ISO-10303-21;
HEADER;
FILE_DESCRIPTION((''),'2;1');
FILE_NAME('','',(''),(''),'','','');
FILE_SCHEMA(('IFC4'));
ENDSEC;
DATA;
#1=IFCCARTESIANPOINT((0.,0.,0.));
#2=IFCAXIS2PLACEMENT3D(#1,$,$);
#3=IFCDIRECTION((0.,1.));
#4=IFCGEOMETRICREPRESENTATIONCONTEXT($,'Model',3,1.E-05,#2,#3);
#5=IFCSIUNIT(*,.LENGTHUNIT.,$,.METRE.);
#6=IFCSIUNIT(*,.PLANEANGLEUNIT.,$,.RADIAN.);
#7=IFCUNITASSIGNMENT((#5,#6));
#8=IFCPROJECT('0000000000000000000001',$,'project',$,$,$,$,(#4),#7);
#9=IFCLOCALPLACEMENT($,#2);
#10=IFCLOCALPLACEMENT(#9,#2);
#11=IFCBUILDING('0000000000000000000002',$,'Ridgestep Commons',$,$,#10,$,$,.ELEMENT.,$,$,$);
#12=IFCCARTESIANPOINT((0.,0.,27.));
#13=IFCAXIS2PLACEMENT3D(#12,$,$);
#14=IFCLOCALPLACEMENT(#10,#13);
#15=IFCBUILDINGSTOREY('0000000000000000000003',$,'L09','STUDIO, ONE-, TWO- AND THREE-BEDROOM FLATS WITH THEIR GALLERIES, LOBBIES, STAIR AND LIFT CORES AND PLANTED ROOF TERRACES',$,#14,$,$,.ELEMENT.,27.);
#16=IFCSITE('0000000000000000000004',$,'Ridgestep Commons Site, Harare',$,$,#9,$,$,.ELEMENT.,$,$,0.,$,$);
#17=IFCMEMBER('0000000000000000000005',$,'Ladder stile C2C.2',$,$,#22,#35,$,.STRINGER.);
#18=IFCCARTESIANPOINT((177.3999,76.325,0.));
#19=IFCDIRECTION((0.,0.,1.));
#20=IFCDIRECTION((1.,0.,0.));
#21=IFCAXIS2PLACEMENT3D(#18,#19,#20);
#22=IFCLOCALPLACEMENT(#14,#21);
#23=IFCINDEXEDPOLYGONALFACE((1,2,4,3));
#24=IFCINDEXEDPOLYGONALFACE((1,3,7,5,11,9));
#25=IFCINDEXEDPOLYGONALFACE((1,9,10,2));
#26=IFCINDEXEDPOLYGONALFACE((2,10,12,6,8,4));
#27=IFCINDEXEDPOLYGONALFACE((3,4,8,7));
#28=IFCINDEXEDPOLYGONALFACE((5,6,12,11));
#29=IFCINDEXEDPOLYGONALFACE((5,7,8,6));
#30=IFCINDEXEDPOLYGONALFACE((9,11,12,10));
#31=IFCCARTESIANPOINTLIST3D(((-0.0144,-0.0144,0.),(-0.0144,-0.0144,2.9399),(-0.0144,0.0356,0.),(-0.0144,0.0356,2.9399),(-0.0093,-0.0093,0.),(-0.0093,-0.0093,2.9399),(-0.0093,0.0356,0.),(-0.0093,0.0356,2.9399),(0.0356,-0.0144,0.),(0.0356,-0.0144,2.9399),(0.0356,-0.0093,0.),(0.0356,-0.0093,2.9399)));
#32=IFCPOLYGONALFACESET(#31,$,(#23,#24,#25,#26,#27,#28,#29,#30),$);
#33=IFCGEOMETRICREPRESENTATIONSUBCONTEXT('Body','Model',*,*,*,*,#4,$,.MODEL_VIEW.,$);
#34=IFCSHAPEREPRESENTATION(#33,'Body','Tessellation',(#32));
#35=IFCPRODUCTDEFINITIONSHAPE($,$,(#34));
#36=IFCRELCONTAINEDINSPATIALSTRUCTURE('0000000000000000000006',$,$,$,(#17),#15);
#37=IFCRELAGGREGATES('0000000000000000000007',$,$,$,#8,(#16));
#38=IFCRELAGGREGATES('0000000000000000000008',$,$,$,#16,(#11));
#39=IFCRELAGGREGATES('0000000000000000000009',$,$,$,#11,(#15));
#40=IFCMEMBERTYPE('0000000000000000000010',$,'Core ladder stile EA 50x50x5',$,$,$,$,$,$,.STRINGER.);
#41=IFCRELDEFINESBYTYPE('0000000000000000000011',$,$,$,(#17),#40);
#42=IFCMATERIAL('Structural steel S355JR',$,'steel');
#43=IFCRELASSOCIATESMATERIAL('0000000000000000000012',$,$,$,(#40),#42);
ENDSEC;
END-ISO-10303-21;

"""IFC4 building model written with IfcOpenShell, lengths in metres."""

from ifc_helpers import new_model, si_unit, direction, frame, origin, place, context, subcontext, project, spatial, polyline, outline, extrude, material, material_profile, profile_set, type_object, element, save


model = new_model("IFC4")

# Units and contexts
model_context = context("Model", 3, precision=1e-05, world=origin(), true_north=direction((0.0, 1.0)))
body_context = subcontext(model_context, "Body", "Model", "MODEL_VIEW")
ifc_project = project(units=[si_unit("LENGTHUNIT", "METRE"), si_unit("PLANEANGLEUNIT", "RADIAN")], contexts=[model_context])

# Site, building, storey
site_placement = place(None, origin())
site = spatial("IfcSite", under=ifc_project, at=site_placement, Name="Ridgestep Commons Site, Harare", CompositionType="ELEMENT", RefElevation=0.0)
building_placement = place(site_placement, origin())
building = spatial("IfcBuilding", under=site, at=building_placement, Name="Ridgestep Commons", CompositionType="ELEMENT")
storey_placement = place(building_placement, frame((0.0, 0.0, 27.0)))
storey = spatial("IfcBuildingStorey", under=building, at=storey_placement, Name="L09", Description="STUDIO, ONE-, TWO- AND THREE-BEDROOM FLATS WITH THEIR GALLERIES, LOBBIES, STAIR AND LIFT CORES AND PLANTED ROOF TERRACES", CompositionType="ELEMENT", Elevation=27.0)

# Member
ifc_material_1 = material(Name="Structural steel S355JR", Category="steel")
ifc_material_profile_1 = material_profile(ifc_material_1, outline(polyline([(-0.0144, -0.0144), (0.0356, -0.0144), (0.0356, -0.0093), (-0.0093, -0.0093), (-0.0093, 0.0356), (-0.0144, 0.0356), (-0.0144, -0.0144)])), Name="EA 50x50x5")
ifc_profile_set_1 = profile_set([ifc_material_profile_1], Name="Structural steel S355JR")
member_type_1 = type_object("IfcMemberType", Name="Core ladder stile EA 50x50x5", PredefinedType="STRINGER", material=ifc_profile_set_1)
member_1_placement = place(storey_placement, frame((177.3999, 76.325, 0.0), z_axis=(0.0, 0.0, 1.0), x_axis=(1.0, 0.0, 0.0)))
element("IfcMember", 1, at=member_1_placement, inside=storey, type_object=member_type_1, Name="Ladder stile C2C.2", PredefinedType="STRINGER", context=body_context, shape_type="SweptSolid", body=[
    extrude(outline(polyline([(-0.0144, -0.0144), (0.0356, -0.0144), (0.0356, -0.0093), (-0.0093, -0.0093), (-0.0093, 0.0356), (-0.0144, 0.0356), (-0.0144, -0.0144)])), origin(), (0.0, 0.0, 1.0), 2.9399),
])

save(model, "model.ifc")
